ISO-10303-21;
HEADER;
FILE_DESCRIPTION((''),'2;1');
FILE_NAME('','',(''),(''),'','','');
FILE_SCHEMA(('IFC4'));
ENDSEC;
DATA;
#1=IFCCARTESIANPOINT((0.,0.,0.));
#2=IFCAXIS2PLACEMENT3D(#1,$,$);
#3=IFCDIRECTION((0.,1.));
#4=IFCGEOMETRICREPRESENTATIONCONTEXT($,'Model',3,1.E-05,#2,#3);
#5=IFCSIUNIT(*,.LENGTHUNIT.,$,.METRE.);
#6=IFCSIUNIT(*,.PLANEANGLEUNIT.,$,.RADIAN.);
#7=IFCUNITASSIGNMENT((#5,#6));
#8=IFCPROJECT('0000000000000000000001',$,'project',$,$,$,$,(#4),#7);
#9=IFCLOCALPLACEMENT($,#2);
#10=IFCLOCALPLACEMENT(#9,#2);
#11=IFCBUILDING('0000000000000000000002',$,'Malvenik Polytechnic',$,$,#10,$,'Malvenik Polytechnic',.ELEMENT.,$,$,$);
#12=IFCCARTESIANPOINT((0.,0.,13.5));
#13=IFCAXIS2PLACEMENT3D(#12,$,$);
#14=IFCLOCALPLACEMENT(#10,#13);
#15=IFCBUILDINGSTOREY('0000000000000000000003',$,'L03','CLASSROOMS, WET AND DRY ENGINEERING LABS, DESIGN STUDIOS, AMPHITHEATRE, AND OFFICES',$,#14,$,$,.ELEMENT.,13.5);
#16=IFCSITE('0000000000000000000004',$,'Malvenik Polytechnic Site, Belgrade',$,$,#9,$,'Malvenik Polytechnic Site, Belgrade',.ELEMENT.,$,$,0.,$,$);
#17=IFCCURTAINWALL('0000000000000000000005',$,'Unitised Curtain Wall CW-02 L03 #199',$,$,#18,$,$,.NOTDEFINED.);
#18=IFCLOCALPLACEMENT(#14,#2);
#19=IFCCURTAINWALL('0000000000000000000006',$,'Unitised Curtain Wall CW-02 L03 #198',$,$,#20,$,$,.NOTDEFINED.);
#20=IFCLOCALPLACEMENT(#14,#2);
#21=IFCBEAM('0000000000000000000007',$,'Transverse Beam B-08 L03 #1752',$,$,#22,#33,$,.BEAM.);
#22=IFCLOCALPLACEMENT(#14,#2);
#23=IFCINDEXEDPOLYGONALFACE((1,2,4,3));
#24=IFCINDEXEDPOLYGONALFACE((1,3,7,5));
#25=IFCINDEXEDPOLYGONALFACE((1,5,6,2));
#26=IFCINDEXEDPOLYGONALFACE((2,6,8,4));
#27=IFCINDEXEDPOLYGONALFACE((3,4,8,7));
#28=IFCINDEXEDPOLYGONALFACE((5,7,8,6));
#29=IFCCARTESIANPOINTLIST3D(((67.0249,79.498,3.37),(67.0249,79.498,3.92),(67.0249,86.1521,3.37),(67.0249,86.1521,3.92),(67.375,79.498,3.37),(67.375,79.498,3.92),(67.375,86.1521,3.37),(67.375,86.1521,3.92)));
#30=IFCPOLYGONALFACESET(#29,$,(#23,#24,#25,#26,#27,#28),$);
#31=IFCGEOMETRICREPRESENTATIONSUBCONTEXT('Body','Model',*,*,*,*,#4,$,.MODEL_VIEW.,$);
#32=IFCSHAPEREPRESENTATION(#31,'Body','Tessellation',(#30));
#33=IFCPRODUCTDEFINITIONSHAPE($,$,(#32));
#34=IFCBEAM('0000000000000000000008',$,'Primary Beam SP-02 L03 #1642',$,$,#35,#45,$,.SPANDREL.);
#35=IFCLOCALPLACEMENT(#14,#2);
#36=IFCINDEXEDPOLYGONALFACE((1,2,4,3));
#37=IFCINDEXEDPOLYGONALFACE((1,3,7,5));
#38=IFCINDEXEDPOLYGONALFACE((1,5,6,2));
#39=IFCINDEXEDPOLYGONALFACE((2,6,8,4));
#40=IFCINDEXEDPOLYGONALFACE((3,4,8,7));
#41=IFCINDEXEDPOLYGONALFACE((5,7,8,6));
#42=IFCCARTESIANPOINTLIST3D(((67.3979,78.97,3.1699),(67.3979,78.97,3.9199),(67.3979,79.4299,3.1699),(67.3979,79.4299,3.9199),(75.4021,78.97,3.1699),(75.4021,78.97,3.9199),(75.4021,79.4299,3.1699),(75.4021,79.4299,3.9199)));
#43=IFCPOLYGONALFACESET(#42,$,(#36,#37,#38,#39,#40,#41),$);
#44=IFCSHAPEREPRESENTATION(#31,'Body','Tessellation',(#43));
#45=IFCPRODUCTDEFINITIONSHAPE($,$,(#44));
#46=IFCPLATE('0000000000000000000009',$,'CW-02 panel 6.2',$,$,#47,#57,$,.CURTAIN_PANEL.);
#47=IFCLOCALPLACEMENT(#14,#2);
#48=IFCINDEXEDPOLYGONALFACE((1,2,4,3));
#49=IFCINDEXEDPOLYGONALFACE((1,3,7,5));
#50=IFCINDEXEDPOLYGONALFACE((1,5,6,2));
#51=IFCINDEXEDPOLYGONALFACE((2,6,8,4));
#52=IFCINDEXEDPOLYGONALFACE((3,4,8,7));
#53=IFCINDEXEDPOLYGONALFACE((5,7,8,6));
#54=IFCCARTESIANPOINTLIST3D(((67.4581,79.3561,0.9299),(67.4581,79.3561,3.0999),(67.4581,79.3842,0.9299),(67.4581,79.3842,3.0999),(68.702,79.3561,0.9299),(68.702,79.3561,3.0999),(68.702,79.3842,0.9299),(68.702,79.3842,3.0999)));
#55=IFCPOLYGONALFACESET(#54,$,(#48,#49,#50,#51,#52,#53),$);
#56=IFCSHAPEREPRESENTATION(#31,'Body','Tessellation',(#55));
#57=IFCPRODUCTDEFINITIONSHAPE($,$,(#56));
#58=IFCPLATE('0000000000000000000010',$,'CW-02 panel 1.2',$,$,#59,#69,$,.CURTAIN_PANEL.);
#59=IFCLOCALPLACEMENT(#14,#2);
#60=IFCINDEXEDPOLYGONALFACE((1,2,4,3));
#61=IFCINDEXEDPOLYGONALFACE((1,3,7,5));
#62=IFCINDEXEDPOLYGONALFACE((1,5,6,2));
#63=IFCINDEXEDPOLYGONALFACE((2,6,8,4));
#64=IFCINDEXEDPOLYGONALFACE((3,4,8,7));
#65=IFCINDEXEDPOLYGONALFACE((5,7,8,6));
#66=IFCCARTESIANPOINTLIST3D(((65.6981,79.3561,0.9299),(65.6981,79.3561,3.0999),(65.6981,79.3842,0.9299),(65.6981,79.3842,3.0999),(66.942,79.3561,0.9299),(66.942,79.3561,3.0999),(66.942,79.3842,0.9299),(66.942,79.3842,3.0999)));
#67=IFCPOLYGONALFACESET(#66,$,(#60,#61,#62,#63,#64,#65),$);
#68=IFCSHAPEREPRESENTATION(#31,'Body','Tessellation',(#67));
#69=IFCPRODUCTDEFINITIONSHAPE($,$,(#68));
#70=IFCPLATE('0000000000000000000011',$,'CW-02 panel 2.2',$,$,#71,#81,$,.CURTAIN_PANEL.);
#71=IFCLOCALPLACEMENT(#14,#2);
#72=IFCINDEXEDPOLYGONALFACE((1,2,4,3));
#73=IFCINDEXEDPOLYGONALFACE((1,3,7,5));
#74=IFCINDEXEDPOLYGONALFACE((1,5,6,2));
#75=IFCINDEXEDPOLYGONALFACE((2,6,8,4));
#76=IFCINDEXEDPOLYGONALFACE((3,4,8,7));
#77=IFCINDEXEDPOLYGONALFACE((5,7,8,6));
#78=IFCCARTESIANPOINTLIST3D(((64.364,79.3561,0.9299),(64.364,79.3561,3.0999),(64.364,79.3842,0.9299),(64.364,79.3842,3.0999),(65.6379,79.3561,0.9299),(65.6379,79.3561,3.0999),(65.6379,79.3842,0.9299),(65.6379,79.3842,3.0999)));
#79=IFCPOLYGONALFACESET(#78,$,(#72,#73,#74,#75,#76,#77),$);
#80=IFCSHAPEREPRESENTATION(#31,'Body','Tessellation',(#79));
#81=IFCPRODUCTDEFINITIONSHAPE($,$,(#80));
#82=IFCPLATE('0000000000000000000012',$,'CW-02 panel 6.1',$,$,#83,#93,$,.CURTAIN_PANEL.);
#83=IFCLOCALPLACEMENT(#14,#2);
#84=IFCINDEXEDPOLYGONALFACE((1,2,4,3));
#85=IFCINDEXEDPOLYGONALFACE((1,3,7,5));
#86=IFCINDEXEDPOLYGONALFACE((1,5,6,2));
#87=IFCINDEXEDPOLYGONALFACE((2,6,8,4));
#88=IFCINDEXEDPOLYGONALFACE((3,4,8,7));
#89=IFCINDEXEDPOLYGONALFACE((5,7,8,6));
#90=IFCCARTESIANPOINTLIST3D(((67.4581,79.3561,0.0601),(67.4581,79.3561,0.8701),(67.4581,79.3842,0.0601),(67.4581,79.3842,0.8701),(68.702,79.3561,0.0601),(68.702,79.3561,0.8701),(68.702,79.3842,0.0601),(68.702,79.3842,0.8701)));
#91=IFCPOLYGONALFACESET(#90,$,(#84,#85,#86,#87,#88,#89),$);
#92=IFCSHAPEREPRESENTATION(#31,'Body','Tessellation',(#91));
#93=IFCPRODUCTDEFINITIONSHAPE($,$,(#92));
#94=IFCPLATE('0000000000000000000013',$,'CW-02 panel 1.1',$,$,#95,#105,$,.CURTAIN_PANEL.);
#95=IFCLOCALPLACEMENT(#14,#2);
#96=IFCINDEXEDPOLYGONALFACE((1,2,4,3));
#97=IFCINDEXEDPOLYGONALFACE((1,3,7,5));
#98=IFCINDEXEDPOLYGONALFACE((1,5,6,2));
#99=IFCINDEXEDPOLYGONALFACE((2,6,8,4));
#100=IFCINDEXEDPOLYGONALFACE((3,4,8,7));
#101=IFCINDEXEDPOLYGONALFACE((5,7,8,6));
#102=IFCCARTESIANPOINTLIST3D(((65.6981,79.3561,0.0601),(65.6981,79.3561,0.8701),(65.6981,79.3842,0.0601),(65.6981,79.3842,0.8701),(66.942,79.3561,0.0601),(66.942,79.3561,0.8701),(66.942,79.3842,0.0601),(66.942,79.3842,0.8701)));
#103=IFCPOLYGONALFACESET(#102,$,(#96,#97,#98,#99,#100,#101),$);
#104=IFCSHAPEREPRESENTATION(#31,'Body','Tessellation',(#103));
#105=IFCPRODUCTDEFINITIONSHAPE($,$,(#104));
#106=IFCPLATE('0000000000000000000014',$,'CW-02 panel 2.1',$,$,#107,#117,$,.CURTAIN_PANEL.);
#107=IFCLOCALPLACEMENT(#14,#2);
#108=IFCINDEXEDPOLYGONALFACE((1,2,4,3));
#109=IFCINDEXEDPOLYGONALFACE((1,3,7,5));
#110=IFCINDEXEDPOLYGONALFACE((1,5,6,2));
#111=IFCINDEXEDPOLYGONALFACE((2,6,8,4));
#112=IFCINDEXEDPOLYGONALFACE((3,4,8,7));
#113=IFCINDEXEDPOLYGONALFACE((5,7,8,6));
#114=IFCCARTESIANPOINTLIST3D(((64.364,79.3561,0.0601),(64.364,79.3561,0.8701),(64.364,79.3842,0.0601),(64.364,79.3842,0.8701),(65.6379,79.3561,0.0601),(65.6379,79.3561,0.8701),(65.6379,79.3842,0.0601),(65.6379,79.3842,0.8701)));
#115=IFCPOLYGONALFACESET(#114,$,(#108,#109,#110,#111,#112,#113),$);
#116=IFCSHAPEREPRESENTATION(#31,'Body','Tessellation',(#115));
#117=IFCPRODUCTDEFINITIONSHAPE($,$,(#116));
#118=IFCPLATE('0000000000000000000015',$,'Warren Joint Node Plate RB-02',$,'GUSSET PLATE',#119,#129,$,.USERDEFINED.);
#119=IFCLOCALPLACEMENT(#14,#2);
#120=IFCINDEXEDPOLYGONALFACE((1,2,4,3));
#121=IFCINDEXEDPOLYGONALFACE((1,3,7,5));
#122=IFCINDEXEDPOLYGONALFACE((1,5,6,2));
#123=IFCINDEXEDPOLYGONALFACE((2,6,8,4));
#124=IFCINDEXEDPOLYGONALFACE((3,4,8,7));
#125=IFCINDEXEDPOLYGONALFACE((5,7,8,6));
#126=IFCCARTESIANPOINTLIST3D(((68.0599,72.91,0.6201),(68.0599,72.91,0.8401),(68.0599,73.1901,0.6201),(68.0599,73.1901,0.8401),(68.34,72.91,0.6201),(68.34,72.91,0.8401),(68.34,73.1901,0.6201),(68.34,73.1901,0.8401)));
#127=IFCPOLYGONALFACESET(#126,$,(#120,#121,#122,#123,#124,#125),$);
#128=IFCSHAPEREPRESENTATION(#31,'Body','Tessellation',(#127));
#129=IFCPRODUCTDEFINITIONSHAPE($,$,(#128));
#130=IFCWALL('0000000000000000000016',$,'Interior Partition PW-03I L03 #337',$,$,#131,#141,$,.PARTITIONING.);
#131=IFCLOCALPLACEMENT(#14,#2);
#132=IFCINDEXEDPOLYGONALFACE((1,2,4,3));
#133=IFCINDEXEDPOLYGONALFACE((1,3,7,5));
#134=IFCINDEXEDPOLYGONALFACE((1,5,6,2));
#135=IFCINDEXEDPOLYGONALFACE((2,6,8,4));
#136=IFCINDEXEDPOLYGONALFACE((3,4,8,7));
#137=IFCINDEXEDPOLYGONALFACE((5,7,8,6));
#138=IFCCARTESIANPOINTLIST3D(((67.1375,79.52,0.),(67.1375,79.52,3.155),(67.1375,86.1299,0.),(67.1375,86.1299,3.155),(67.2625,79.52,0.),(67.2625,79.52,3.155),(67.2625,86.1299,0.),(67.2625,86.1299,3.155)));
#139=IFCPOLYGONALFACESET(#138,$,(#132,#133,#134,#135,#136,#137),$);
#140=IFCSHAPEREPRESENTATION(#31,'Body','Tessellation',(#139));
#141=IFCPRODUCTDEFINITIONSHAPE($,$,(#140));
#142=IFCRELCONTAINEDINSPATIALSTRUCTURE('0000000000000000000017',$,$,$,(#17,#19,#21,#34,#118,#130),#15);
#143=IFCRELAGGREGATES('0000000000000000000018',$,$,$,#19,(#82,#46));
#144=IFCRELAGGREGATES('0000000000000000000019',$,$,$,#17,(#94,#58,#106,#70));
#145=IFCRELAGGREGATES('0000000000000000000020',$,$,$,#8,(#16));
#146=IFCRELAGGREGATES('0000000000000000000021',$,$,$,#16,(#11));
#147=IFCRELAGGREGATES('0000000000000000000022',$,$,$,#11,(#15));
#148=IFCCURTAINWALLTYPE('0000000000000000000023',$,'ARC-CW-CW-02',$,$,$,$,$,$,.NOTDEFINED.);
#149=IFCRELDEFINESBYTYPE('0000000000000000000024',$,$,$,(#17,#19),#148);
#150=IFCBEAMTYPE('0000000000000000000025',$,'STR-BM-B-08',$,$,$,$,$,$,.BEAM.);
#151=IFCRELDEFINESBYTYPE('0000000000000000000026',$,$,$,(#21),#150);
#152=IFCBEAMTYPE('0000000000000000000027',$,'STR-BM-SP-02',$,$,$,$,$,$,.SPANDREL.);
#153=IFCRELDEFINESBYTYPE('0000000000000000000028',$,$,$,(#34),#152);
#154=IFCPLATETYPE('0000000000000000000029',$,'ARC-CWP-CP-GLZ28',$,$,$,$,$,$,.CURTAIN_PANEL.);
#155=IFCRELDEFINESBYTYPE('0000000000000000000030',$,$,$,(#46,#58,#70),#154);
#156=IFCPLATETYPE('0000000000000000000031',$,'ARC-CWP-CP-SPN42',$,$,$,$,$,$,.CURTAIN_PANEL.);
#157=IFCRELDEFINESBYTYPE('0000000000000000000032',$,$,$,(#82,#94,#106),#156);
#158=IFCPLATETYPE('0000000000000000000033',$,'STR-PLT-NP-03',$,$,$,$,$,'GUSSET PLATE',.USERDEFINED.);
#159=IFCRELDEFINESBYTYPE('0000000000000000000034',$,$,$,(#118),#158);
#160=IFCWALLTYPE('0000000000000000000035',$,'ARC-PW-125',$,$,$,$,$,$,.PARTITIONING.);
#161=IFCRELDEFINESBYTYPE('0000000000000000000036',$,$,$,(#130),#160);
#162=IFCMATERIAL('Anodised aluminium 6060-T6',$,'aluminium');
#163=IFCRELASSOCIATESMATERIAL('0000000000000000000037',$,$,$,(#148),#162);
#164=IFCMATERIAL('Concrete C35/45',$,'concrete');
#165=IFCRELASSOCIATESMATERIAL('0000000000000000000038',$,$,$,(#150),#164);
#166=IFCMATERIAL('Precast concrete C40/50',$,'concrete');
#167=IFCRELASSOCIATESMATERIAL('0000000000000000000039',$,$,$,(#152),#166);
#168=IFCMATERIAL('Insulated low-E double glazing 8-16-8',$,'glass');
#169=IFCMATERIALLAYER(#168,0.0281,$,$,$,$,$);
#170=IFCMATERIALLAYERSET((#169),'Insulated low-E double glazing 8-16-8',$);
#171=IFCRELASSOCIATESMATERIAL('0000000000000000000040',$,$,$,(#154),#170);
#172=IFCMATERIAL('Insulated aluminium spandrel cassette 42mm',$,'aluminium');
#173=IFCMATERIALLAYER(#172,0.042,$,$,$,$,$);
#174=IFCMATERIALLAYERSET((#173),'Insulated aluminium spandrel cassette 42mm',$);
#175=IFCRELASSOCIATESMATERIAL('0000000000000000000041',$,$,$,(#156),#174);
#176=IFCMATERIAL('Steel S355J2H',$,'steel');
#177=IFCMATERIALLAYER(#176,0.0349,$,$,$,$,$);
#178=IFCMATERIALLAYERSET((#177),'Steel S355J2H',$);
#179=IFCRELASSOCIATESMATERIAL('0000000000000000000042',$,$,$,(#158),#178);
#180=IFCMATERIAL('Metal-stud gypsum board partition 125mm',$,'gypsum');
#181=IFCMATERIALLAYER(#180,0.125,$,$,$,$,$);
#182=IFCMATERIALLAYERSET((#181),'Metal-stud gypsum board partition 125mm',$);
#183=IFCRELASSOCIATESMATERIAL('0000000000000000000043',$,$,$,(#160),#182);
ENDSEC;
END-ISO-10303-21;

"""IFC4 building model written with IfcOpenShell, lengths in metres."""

from ifc_helpers import new_model, si_unit, direction, frame, frame_2d, origin, origin_2d, place, context, subcontext, project, spatial, rectangle, extrude, material, layer, layer_set, material_profile, profile_set, type_object, element, aggregate, save


model = new_model("IFC4")

# Units and contexts
model_context = context("Model", 3, precision=1e-05, world=origin(), true_north=direction((0.0, 1.0)))
body_context = subcontext(model_context, "Body", "Model", "MODEL_VIEW")
ifc_project = project(units=[si_unit("LENGTHUNIT", "METRE"), si_unit("PLANEANGLEUNIT", "RADIAN")], contexts=[model_context])

# Site, building, storey
site_placement = place(None, origin())
site = spatial("IfcSite", under=ifc_project, at=site_placement, Name="Malvenik Polytechnic Site, Belgrade", LongName="Malvenik Polytechnic Site, Belgrade", CompositionType="ELEMENT", RefElevation=0.0)
building_placement = place(site_placement, origin())
building = spatial("IfcBuilding", under=site, at=building_placement, Name="Malvenik Polytechnic", LongName="Malvenik Polytechnic", CompositionType="ELEMENT")
storey_placement = place(building_placement, frame((0.0, 0.0, 13.5)))
storey = spatial("IfcBuildingStorey", under=building, at=storey_placement, Name="L03", Description="CLASSROOMS, WET AND DRY ENGINEERING LABS, DESIGN STUDIOS, AMPHITHEATRE, AND OFFICES", CompositionType="ELEMENT", Elevation=13.5)

# Shared definitions
ifc_material_1 = material(Name="Concrete C35/45", Category="concrete")

# Curtain wall
ifc_material_2 = material(Name="Anodised aluminium 6060-T6", Category="aluminium")
curtain_wall_type = type_object("IfcCurtainWallType", Name="ARC-CW-CW-02", PredefinedType="NOTDEFINED", material=ifc_material_2)
curtain_wall_1_placement = place(storey_placement, origin())
curtain_wall_1 = element("IfcCurtainWall", 1, at=curtain_wall_1_placement, inside=storey, type_object=curtain_wall_type, Name="Unitised Curtain Wall CW-02 L03 #199", PredefinedType="NOTDEFINED")

# Curtain wall
curtain_wall_2_placement = place(storey_placement, origin())
curtain_wall_2 = element("IfcCurtainWall", 2, at=curtain_wall_2_placement, inside=storey, type_object=curtain_wall_type, Name="Unitised Curtain Wall CW-02 L03 #198", PredefinedType="NOTDEFINED")

# Beams
ifc_material_profile_1 = material_profile(ifc_material_1, rectangle(XDim=0.3501, YDim=0.55, at=origin_2d()), Name="RC BM 350x550")
ifc_profile_set_1 = profile_set([ifc_material_profile_1], Name="Concrete C35/45")
beam_type_1 = type_object("IfcBeamType", Name="STR-BM-B-08", PredefinedType="BEAM", material=ifc_profile_set_1)
beam_1_placement = place(storey_placement, frame((67.2, 79.498, 3.645), z_axis=(0.0, 1.0, 0.0), x_axis=(-1.0, 0.0, 0.0)))
element("IfcBeam", 3, at=beam_1_placement, inside=storey, type_object=beam_type_1, Name="Transverse Beam B-08 L03 #1752", PredefinedType="BEAM", context=body_context, shape_type="SweptSolid", body=[
    extrude(rectangle(XDim=0.3501, YDim=0.55, at=origin_2d()), origin(), (0.0, 0.0, 1.0), 6.6541),
])
ifc_material_3 = material(Name="Precast concrete C40/50", Category="concrete")
ifc_material_profile_2 = material_profile(ifc_material_3, rectangle(XDim=0.46, YDim=0.75, at=origin_2d()), Name="PC SPN 460x750")
ifc_profile_set_2 = profile_set([ifc_material_profile_2], Name="Precast concrete C40/50")
beam_type_2 = type_object("IfcBeamType", Name="STR-BM-SP-02", PredefinedType="SPANDREL", material=ifc_profile_set_2)
beam_2_placement = place(storey_placement, frame((67.3979, 79.2, 3.5449), z_axis=(1.0, 0.0, 0.0), x_axis=(0.0, 1.0, 0.0)))
element("IfcBeam", 4, at=beam_2_placement, inside=storey, type_object=beam_type_2, Name="Primary Beam SP-02 L03 #1642", PredefinedType="SPANDREL", context=body_context, shape_type="SweptSolid", body=[
    extrude(rectangle(XDim=0.46, YDim=0.75, at=origin_2d()), origin(), (0.0, 0.0, 1.0), 8.0042),
])

# Plates
ifc_material_4 = material(Name="Insulated low-E double glazing 8-16-8", Category="glass")
ifc_layer_1 = layer(ifc_material_4, 0.0281)
ifc_layer_set_1 = layer_set([ifc_layer_1], Name="Insulated low-E double glazing 8-16-8")
plate_type_1 = type_object("IfcPlateType", Name="ARC-CWP-CP-GLZ28", PredefinedType="CURTAIN_PANEL", material=ifc_layer_set_1)
plate_1_placement = place(storey_placement, frame((68.0801, 79.3701, 0.9299), z_axis=(0.0, 0.0, 1.0), x_axis=(-1.0, 0.0, 0.0)))
plate_1 = element("IfcPlate", 5, at=plate_1_placement, type_object=plate_type_1, Name="CW-02 panel 6.2", PredefinedType="CURTAIN_PANEL", context=body_context, shape_type="SweptSolid", body=[
    extrude(rectangle(XDim=1.2439, YDim=0.0281, at=origin_2d()), origin(), (0.0, 0.0, 1.0), 2.1699),
])
plate_2_placement = place(storey_placement, frame((66.3201, 79.3701, 0.9299), z_axis=(0.0, 0.0, 1.0), x_axis=(-1.0, 0.0, 0.0)))
plate_2 = element("IfcPlate", 6, at=plate_2_placement, type_object=plate_type_1, Name="CW-02 panel 1.2", PredefinedType="CURTAIN_PANEL", context=body_context, shape_type="SweptSolid", body=[
    extrude(rectangle(XDim=1.2439, YDim=0.0281, at=origin_2d()), origin(), (0.0, 0.0, 1.0), 2.1699),
])
plate_3_placement = place(storey_placement, frame((65.001, 79.3701, 0.9299), z_axis=(0.0, 0.0, 1.0), x_axis=(-1.0, 0.0, 0.0)))
plate_3 = element("IfcPlate", 7, at=plate_3_placement, type_object=plate_type_1, Name="CW-02 panel 2.2", PredefinedType="CURTAIN_PANEL", context=body_context, shape_type="SweptSolid", body=[
    extrude(rectangle(XDim=1.2739, YDim=0.0281, at=origin_2d()), origin(), (0.0, 0.0, 1.0), 2.1699),
])
ifc_material_5 = material(Name="Insulated aluminium spandrel cassette 42mm", Category="aluminium")
ifc_layer_2 = layer(ifc_material_5, 0.042)
ifc_layer_set_2 = layer_set([ifc_layer_2], Name="Insulated aluminium spandrel cassette 42mm")
plate_type_2 = type_object("IfcPlateType", Name="ARC-CWP-CP-SPN42", PredefinedType="CURTAIN_PANEL", material=ifc_layer_set_2)
plate_4_placement = place(storey_placement, frame((68.0801, 79.3701, 0.0601), z_axis=(0.0, 0.0, 1.0), x_axis=(-1.0, 0.0, 0.0)))
plate_4 = element("IfcPlate", 8, at=plate_4_placement, type_object=plate_type_2, Name="CW-02 panel 6.1", PredefinedType="CURTAIN_PANEL", context=body_context, shape_type="SweptSolid", body=[
    extrude(rectangle(XDim=1.2439, YDim=0.0281, at=origin_2d()), origin(), (0.0, 0.0, 1.0), 0.8101),
])
aggregate(curtain_wall_2, [plate_4, plate_1])
plate_5_placement = place(storey_placement, frame((66.3201, 79.3701, 0.0601), z_axis=(0.0, 0.0, 1.0), x_axis=(-1.0, 0.0, 0.0)))
plate_5 = element("IfcPlate", 9, at=plate_5_placement, type_object=plate_type_2, Name="CW-02 panel 1.1", PredefinedType="CURTAIN_PANEL", context=body_context, shape_type="SweptSolid", body=[
    extrude(rectangle(XDim=1.2439, YDim=0.0281, at=origin_2d()), origin(), (0.0, 0.0, 1.0), 0.8101),
])
plate_6_placement = place(storey_placement, frame((65.001, 79.3701, 0.0601), z_axis=(0.0, 0.0, 1.0), x_axis=(-1.0, 0.0, 0.0)))
plate_6 = element("IfcPlate", 10, at=plate_6_placement, type_object=plate_type_2, Name="CW-02 panel 2.1", PredefinedType="CURTAIN_PANEL", context=body_context, shape_type="SweptSolid", body=[
    extrude(rectangle(XDim=1.2739, YDim=0.0281, at=origin_2d()), origin(), (0.0, 0.0, 1.0), 0.8101),
])
aggregate(curtain_wall_1, [plate_5, plate_2, plate_6, plate_3])
ifc_material_6 = material(Name="Steel S355J2H", Category="steel")
ifc_layer_3 = layer(ifc_material_6, 0.0349)
ifc_layer_set_3 = layer_set([ifc_layer_3], Name="Steel S355J2H")
plate_type_3 = type_object("IfcPlateType", Name="STR-PLT-NP-03", ElementType="GUSSET PLATE", PredefinedType="USERDEFINED", material=ifc_layer_set_3)
plate_7_placement = place(storey_placement, frame((68.2, 73.05, 0.6201), z_axis=(0.0, 0.0, 1.0), x_axis=(1.0, 0.0, 0.0)))
element("IfcPlate", 11, at=plate_7_placement, inside=storey, type_object=plate_type_3, Name="Warren Joint Node Plate RB-02", ObjectType="GUSSET PLATE", PredefinedType="USERDEFINED", context=body_context, shape_type="SweptSolid", body=[
    extrude(rectangle(XDim=0.28, YDim=0.28, at=origin_2d()), origin(), (0.0, 0.0, 1.0), 0.22),
])

# Wall
ifc_material_7 = material(Name="Metal-stud gypsum board partition 125mm", Category="gypsum")
ifc_layer_4 = layer(ifc_material_7, 0.125)
ifc_layer_set_4 = layer_set([ifc_layer_4], Name="Metal-stud gypsum board partition 125mm")
wall_type = type_object("IfcWallType", Name="ARC-PW-125", PredefinedType="PARTITIONING", material=ifc_layer_set_4)
wall_placement = place(storey_placement, frame((67.2, 79.52, 0.0), z_axis=(0.0, 0.0, 1.0), x_axis=(0.0, 1.0, 0.0)))
element("IfcWall", 12, at=wall_placement, inside=storey, type_object=wall_type, Name="Interior Partition PW-03I L03 #337", PredefinedType="PARTITIONING", context=body_context, shape_type="SweptSolid", body=[
    extrude(rectangle(XDim=6.6099, YDim=0.125, at=frame_2d((3.3049, 0.0))), origin(), (0.0, 0.0, 1.0), 3.155),
])

save(model, "model.ifc")
